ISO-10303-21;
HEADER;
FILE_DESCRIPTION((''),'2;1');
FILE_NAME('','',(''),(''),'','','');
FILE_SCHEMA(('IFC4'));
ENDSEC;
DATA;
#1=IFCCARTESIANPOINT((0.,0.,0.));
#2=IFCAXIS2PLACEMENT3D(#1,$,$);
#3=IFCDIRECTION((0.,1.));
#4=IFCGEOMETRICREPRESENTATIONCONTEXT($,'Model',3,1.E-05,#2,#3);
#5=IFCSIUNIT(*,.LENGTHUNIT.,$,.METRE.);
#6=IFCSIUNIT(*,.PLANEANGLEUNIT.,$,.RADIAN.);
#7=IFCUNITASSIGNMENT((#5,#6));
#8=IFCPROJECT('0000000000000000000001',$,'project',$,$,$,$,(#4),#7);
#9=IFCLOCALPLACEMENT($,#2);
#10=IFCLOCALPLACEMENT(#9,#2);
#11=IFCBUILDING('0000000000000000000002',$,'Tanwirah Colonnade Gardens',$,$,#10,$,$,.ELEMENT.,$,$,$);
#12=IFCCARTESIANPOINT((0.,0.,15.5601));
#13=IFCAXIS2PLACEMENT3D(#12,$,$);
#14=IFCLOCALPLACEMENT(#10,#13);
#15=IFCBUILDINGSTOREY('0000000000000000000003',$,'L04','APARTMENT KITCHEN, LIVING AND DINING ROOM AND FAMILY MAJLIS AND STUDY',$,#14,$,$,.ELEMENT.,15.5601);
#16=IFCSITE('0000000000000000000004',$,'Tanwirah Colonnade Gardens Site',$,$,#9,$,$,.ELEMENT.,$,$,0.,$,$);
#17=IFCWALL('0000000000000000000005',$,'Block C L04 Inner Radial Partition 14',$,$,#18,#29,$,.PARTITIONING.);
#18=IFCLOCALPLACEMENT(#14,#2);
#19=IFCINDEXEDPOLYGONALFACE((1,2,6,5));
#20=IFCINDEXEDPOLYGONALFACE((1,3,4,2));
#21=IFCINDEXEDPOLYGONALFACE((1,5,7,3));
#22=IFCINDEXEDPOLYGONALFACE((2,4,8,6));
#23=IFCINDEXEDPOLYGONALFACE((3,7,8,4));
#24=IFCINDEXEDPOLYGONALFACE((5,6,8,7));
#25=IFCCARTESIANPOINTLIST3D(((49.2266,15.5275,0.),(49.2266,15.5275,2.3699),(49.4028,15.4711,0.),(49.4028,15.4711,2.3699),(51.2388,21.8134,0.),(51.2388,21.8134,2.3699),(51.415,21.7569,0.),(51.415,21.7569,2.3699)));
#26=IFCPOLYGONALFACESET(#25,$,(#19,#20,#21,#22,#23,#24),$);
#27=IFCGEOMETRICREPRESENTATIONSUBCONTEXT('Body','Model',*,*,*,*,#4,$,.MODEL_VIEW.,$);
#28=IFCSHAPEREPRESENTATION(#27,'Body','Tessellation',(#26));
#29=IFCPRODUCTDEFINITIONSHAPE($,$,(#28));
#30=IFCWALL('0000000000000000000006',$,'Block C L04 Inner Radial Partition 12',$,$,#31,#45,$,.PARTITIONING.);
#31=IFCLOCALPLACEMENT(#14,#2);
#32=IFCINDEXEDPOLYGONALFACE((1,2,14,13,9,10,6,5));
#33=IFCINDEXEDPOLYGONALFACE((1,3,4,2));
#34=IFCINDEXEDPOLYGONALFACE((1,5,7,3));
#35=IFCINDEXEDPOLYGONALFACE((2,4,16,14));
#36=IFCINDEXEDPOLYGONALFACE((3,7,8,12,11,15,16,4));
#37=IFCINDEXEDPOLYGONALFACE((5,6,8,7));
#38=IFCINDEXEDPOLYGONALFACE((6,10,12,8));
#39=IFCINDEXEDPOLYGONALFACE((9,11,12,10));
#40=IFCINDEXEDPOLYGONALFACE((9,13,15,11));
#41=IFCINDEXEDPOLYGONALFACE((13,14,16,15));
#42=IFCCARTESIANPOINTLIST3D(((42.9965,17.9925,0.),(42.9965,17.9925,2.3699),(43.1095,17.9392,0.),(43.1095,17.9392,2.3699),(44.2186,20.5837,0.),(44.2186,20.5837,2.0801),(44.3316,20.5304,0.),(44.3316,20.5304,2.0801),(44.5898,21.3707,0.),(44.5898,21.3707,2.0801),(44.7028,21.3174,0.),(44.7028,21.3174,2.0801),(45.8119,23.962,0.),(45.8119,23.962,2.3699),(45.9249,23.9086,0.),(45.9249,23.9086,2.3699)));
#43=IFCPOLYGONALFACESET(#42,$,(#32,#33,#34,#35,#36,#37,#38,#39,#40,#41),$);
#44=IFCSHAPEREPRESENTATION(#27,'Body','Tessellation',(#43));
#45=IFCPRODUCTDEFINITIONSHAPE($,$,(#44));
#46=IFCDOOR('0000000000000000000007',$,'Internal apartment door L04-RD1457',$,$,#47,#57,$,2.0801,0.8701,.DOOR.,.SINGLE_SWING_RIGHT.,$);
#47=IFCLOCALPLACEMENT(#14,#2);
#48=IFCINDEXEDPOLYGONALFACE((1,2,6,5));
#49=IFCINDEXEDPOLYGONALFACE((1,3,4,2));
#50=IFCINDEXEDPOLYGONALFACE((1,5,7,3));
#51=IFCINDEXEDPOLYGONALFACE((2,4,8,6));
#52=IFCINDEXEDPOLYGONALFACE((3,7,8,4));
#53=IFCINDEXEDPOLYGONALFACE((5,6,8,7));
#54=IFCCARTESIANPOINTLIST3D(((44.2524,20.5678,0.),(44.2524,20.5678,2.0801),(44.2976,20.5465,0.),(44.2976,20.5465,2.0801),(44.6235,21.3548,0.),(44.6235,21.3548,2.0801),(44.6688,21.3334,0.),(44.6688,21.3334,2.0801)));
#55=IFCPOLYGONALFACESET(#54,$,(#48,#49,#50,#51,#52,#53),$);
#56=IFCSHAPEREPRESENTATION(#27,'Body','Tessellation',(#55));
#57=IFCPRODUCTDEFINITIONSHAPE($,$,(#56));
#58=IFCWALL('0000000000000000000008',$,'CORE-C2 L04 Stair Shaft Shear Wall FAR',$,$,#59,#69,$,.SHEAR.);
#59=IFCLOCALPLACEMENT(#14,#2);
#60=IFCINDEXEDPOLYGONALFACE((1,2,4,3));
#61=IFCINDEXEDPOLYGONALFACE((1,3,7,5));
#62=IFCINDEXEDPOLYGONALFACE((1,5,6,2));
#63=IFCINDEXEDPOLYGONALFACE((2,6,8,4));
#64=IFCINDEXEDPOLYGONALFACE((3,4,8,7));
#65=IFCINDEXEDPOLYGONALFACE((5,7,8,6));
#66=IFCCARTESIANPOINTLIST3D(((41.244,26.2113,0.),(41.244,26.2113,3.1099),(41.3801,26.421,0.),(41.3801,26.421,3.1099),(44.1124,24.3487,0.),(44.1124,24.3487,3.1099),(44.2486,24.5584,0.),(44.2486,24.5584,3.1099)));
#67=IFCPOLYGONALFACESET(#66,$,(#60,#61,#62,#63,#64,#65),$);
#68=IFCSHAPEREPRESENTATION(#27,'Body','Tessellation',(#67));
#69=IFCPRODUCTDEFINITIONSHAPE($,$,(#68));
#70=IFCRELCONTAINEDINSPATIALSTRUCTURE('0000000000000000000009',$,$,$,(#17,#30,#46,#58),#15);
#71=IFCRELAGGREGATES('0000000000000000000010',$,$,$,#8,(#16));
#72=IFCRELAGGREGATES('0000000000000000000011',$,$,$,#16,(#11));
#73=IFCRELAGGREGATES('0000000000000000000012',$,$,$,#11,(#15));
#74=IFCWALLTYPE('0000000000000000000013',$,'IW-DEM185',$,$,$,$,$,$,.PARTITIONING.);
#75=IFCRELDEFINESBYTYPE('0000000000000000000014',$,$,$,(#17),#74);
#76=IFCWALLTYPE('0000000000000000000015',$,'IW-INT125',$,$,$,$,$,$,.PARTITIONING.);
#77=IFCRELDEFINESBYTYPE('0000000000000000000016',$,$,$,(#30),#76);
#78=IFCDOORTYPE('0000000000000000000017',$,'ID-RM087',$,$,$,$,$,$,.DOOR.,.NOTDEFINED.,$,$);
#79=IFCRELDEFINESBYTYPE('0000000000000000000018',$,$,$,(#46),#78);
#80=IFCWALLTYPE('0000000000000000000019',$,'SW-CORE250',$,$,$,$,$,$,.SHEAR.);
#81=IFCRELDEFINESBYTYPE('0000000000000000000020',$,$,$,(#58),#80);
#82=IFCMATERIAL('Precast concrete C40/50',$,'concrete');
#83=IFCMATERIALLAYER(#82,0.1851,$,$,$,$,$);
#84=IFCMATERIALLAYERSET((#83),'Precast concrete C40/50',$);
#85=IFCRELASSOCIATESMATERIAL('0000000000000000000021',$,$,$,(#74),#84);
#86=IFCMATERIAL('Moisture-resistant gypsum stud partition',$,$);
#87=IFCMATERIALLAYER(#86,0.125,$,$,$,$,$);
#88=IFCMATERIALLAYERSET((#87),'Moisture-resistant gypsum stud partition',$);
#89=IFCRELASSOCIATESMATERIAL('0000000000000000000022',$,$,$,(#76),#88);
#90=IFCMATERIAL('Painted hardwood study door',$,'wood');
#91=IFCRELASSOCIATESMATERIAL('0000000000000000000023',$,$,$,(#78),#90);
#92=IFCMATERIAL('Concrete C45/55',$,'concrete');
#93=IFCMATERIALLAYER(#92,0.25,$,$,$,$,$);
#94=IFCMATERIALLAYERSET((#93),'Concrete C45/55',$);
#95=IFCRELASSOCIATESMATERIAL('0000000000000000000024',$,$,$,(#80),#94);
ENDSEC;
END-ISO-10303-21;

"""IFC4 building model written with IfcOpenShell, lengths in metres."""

from ifc_helpers import new_model, si_unit, direction, frame, frame_2d, origin, place, context, subcontext, project, spatial, rectangle, extrude, material, layer, layer_set, type_object, element, fill, save


model = new_model("IFC4")

# Units and contexts
model_context = context("Model", 3, precision=1e-05, world=origin(), true_north=direction((0.0, 1.0)))
body_context = subcontext(model_context, "Body", "Model", "MODEL_VIEW")
ifc_project = project(units=[si_unit("LENGTHUNIT", "METRE"), si_unit("PLANEANGLEUNIT", "RADIAN")], contexts=[model_context])

# Site, building, storey
site_placement = place(None, origin())
site = spatial("IfcSite", under=ifc_project, at=site_placement, Name="Tanwirah Colonnade Gardens Site", CompositionType="ELEMENT", RefElevation=0.0)
building_placement = place(site_placement, origin())
building = spatial("IfcBuilding", under=site, at=building_placement, Name="Tanwirah Colonnade Gardens", CompositionType="ELEMENT")
storey_placement = place(building_placement, frame((0.0, 0.0, 15.5601)))
storey = spatial("IfcBuildingStorey", under=building, at=storey_placement, Name="L04", Description="APARTMENT KITCHEN, LIVING AND DINING ROOM AND FAMILY MAJLIS AND STUDY", CompositionType="ELEMENT", Elevation=15.5601)

# Shared definitions
ifc_material_1 = material(Name="Precast concrete C40/50", Category="concrete")

# Wall
ifc_layer_1 = layer(ifc_material_1, 0.1851)
ifc_layer_set_1 = layer_set([ifc_layer_1], Name="Precast concrete C40/50")
wall_type_1 = type_object("IfcWallType", Name="IW-DEM185", PredefinedType="PARTITIONING", material=ifc_layer_set_1)
wall_1_placement = place(storey_placement, frame((51.3269, 21.7852, 0.0), z_axis=(0.0, 0.0, 1.0), x_axis=(-0.304875, -0.952392, 0.0)))
element("IfcWall", 1, at=wall_1_placement, inside=storey, type_object=wall_type_1, Name="Block C L04 Inner Radial Partition 14", PredefinedType="PARTITIONING", context=body_context, shape_type="SweptSolid", body=[
    extrude(rectangle(XDim=6.6001, YDim=0.1851, at=frame_2d((3.3, 0.0))), origin(), (0.0, 0.0, 1.0), 2.3699),
])

# Wall, opening, door
ifc_material_2 = material(Name="Moisture-resistant gypsum stud partition")
ifc_layer_2 = layer(ifc_material_2, 0.125)
ifc_layer_set_2 = layer_set([ifc_layer_2], Name="Moisture-resistant gypsum stud partition")
wall_type_2 = type_object("IfcWallType", Name="IW-INT125", PredefinedType="PARTITIONING", material=ifc_layer_set_2)
wall_2_placement = place(storey_placement, frame((45.8684, 23.9353, 0.0), z_axis=(0.0, 0.0, 1.0), x_axis=(-0.426574, -0.904453, 0.0)))
wall_2 = element("IfcWall", 2, at=wall_2_placement, inside=storey, type_object=wall_type_2, Name="Block C L04 Inner Radial Partition 12", PredefinedType="PARTITIONING", context=body_context, shape_type="SweptSolid", body=[
    extrude(rectangle(XDim=6.6001, YDim=0.125, at=frame_2d((3.3, 0.0))), origin(), (0.0, 0.0, 1.0), 2.3699),
])
opening_1_placement = place(wall_2_placement, frame((2.865, 0.0, 0.0)))
opening_1 = element("IfcOpeningElement", 3, at=opening_1_placement, cuts=wall_2, PredefinedType="OPENING", context=body_context, shape_type="SweptSolid", body=[
    extrude(rectangle(XDim=0.8701, YDim=2.0801, at=frame_2d((0.4351, 1.04))), frame((0.0, 0.0725, 0.0), z_axis=(0.0, -1.0, 0.0), x_axis=(1.0, 0.0, 0.0)), (0.0, 0.0, 1.0), 0.145),
])
ifc_material_3 = material(Name="Painted hardwood study door", Category="wood")
door_type_1 = type_object("IfcDoorType", Name="ID-RM087", OperationType="NOTDEFINED", PredefinedType="DOOR", material=ifc_material_3)
door_1_placement = place(opening_1_placement, origin())
door_1 = element("IfcDoor", 4, at=door_1_placement, inside=storey, type_object=door_type_1, Name="Internal apartment door L04-RD1457", OperationType="SINGLE_SWING_RIGHT", OverallHeight=2.0801, OverallWidth=0.8701, PredefinedType="DOOR", context=body_context, shape_type="SweptSolid", body=[
    extrude(rectangle(XDim=0.8701, YDim=2.0801, at=frame_2d((0.4351, 1.04))), frame((0.0, 0.0249, 0.0), z_axis=(0.0, -1.0, 0.0), x_axis=(1.0, 0.0, 0.0)), (0.0, 0.0, 1.0), 0.05),
])
fill(opening_1, door_1)

# Wall
ifc_material_4 = material(Name="Concrete C45/55", Category="concrete")
ifc_layer_3 = layer(ifc_material_4, 0.25)
ifc_layer_set_3 = layer_set([ifc_layer_3], Name="Concrete C45/55")
wall_type_3 = type_object("IfcWallType", Name="SW-CORE250", PredefinedType="SHEAR", material=ifc_layer_set_3)
wall_3_placement = place(storey_placement, frame((44.1804, 24.4536, 0.0), z_axis=(0.0, 0.0, 1.0), x_axis=(-0.8387, 0.544594, 0.0)))
element("IfcWall", 5, at=wall_3_placement, inside=storey, type_object=wall_type_3, Name="CORE-C2 L04 Stair Shaft Shear Wall FAR", PredefinedType="SHEAR", context=body_context, shape_type="SweptSolid", body=[
    extrude(rectangle(XDim=3.4202, YDim=0.25, at=frame_2d((1.71, 0.0))), origin(), (0.0, 0.0, 1.0), 3.1099),
])

save(model, "model.ifc")
